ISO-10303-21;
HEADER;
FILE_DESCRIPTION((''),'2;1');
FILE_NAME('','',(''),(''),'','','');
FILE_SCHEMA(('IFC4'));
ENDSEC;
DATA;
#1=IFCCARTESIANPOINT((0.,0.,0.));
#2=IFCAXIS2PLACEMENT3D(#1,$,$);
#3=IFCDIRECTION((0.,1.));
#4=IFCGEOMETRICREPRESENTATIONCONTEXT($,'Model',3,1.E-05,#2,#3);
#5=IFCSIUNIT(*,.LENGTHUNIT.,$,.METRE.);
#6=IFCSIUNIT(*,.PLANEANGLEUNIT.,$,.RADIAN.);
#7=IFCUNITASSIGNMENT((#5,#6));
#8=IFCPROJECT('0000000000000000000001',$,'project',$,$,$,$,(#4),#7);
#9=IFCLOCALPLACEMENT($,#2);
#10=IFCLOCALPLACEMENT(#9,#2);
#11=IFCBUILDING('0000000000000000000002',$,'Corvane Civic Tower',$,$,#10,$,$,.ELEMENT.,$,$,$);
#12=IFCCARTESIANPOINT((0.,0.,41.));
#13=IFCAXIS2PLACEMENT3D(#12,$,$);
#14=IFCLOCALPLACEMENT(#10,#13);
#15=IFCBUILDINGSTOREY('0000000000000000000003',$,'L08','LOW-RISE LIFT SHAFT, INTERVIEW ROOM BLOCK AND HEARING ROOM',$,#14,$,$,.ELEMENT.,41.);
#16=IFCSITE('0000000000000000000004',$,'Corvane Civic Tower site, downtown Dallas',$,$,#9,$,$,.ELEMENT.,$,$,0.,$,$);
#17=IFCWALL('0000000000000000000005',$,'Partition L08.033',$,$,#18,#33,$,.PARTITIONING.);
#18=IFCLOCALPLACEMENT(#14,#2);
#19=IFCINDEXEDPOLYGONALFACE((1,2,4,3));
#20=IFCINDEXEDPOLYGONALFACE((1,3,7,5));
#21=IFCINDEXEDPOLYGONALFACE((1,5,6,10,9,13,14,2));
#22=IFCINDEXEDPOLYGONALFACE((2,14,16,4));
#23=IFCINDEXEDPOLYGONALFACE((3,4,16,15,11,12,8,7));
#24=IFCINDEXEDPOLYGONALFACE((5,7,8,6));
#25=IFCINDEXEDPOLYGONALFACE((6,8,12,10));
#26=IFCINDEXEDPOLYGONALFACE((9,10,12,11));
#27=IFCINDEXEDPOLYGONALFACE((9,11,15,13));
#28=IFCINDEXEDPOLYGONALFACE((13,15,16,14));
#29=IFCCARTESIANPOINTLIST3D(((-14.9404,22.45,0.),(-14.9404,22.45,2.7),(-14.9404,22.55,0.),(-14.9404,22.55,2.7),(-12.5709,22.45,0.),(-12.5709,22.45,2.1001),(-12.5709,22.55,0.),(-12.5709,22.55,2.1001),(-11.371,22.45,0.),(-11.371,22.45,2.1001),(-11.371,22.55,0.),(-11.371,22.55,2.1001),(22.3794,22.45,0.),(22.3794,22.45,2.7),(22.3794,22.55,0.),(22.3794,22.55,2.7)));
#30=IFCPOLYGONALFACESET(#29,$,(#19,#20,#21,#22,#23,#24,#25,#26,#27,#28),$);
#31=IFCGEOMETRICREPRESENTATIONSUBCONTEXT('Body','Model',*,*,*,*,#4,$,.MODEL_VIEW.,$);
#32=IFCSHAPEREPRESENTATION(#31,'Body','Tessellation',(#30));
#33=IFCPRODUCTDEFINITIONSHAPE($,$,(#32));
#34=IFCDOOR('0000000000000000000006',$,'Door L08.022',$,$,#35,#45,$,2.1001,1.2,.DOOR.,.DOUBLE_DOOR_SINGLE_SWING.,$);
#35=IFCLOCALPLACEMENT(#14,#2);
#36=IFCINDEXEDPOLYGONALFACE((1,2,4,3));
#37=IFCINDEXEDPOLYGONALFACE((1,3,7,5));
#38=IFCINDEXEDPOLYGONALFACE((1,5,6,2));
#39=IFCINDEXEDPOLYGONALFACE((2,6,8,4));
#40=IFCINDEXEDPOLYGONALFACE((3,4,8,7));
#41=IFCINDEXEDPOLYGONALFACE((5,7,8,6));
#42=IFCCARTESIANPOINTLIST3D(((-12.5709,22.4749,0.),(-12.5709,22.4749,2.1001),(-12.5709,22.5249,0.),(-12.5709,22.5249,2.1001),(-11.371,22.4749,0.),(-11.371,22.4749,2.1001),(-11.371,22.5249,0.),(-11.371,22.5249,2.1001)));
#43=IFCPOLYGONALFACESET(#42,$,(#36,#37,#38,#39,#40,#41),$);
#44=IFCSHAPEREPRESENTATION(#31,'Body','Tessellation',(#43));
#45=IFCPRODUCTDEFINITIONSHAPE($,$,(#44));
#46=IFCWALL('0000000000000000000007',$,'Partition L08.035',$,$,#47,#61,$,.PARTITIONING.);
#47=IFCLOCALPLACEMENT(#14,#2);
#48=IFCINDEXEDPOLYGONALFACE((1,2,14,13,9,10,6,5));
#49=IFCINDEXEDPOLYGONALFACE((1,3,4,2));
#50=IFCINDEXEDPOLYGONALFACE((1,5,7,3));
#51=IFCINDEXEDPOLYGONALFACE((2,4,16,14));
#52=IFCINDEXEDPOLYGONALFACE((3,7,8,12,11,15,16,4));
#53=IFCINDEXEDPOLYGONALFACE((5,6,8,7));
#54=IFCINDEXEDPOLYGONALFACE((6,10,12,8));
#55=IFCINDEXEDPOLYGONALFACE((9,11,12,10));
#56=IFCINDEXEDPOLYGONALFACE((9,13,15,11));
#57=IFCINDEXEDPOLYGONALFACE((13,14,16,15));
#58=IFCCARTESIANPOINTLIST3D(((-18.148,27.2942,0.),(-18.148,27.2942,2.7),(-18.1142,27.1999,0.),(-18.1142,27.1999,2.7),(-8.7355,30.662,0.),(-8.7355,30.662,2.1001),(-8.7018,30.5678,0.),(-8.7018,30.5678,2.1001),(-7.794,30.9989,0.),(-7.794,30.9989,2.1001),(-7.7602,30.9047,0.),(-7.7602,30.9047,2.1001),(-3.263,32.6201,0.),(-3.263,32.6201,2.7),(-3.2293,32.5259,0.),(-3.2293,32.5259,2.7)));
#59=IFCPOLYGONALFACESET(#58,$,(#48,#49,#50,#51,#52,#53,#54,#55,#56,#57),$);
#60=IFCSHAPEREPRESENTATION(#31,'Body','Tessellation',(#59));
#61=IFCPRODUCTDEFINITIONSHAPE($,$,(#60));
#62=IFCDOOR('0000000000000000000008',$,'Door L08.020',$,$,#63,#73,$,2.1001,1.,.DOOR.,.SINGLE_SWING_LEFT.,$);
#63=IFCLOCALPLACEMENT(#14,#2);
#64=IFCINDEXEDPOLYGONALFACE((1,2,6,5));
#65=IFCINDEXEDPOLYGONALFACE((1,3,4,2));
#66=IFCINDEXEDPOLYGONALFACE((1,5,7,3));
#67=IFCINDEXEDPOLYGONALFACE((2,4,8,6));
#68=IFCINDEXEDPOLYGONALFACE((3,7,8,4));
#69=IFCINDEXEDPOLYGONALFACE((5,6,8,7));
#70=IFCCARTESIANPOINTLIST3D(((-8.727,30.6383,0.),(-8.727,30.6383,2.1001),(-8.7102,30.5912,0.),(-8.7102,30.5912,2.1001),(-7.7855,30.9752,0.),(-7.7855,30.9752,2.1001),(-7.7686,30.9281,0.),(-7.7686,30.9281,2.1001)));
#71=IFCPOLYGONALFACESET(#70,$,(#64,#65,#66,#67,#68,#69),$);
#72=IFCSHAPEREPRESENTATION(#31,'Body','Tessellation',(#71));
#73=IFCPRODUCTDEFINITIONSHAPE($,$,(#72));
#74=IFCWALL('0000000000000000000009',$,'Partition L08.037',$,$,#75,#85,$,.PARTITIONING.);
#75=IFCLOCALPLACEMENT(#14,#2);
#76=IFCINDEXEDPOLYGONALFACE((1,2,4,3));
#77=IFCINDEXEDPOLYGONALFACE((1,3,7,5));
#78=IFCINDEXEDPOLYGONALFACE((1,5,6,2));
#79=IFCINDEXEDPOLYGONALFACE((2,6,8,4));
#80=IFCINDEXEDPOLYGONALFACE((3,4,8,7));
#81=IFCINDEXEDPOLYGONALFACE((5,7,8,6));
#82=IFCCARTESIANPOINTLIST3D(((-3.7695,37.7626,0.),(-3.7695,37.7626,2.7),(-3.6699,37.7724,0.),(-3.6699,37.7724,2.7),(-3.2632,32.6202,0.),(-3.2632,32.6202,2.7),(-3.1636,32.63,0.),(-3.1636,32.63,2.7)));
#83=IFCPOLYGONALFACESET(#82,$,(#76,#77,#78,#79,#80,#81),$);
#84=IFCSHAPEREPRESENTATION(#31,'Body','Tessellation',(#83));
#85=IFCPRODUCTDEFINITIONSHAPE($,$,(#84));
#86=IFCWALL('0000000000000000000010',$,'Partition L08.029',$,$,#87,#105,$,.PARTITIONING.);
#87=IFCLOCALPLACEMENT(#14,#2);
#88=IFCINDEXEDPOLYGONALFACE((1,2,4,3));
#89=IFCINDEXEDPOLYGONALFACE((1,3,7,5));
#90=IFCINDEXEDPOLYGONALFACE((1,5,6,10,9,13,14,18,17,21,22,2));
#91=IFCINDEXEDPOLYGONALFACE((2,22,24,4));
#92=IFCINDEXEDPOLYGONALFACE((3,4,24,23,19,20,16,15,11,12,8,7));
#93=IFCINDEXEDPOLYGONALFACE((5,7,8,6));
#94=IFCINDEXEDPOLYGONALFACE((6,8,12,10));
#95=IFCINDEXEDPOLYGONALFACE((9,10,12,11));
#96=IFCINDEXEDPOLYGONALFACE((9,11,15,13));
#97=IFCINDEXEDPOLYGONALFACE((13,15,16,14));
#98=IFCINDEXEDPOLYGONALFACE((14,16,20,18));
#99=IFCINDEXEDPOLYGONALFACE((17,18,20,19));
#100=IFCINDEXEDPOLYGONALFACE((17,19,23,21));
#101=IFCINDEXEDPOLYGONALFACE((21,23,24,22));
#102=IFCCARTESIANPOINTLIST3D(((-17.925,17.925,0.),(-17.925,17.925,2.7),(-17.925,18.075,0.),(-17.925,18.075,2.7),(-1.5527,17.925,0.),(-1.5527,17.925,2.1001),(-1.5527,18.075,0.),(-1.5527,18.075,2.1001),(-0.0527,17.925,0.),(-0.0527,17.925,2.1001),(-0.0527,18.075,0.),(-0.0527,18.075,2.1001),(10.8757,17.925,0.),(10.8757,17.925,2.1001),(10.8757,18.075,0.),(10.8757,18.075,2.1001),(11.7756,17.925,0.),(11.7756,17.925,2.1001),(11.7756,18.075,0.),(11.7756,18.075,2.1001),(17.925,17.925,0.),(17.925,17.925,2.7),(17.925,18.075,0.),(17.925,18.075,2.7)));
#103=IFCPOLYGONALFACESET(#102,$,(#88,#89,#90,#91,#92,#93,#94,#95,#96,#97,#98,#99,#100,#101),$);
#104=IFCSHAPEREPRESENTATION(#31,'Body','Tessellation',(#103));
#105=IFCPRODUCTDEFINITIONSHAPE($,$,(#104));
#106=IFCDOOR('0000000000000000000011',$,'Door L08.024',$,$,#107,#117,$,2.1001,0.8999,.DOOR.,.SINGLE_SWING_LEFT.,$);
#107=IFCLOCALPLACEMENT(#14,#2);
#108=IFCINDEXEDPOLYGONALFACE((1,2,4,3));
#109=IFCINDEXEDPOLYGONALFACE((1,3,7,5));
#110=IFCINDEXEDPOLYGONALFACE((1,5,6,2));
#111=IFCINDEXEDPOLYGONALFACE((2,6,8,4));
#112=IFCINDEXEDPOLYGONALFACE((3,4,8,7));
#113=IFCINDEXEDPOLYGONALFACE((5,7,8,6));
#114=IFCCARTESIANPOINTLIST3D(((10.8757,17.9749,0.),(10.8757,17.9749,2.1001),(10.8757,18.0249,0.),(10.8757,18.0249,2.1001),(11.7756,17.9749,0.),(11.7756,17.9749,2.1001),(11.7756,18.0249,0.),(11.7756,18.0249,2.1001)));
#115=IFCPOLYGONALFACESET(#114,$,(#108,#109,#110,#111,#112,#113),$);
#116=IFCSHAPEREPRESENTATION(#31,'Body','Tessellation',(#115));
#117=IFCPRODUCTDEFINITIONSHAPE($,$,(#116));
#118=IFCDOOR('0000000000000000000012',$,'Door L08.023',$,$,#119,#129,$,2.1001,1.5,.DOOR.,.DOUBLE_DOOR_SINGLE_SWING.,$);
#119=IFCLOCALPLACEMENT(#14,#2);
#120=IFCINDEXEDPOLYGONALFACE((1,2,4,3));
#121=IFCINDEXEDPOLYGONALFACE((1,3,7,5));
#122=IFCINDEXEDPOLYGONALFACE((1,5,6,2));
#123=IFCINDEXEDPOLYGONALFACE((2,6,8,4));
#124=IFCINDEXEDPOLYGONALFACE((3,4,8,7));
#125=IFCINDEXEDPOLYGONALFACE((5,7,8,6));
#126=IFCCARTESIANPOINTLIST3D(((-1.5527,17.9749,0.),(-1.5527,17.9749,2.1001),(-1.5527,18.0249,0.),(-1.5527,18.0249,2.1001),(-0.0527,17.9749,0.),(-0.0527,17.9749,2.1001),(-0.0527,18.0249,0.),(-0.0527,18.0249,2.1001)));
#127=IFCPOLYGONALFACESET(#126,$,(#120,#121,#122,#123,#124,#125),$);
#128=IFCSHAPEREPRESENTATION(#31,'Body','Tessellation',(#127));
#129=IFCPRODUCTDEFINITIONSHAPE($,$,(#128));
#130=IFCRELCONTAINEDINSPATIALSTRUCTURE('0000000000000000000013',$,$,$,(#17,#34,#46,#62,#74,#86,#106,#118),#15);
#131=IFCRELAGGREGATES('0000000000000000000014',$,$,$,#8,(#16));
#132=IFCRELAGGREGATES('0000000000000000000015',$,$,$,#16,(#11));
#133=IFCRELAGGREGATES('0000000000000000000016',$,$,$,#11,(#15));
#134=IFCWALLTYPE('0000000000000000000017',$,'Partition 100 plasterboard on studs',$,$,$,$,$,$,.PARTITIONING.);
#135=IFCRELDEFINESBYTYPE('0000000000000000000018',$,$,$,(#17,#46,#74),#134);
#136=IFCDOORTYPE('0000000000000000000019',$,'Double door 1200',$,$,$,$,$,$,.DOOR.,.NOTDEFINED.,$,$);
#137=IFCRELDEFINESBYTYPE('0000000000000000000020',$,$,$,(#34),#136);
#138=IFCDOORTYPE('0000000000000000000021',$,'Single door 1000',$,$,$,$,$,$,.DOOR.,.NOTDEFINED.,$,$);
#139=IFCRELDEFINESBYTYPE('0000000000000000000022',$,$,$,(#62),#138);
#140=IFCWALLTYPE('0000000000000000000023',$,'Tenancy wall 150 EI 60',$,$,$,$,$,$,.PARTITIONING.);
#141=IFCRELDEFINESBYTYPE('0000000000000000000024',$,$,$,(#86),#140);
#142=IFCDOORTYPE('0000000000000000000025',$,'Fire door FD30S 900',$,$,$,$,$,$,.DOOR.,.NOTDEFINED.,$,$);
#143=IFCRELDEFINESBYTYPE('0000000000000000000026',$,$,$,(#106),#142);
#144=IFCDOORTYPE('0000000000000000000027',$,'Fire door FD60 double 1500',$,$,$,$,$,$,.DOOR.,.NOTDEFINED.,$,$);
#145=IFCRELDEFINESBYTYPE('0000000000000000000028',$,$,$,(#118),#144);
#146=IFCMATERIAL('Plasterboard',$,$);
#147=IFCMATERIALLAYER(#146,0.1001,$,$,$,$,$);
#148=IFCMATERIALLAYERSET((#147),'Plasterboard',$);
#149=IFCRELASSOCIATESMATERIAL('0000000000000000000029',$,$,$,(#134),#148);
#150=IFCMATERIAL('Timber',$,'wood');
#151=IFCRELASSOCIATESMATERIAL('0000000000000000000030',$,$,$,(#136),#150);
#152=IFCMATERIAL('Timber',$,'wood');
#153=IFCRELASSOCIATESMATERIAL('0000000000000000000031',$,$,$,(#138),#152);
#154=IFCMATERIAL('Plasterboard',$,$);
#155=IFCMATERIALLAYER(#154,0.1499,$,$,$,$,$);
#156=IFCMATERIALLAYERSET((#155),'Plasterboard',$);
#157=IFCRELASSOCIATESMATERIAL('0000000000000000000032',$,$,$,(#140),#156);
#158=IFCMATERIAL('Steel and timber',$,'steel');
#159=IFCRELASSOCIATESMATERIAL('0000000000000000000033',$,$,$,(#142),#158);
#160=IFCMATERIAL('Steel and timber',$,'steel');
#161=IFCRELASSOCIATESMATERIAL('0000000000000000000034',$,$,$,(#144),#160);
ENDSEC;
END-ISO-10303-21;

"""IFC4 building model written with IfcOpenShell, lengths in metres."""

from ifc_helpers import new_model, si_unit, direction, frame, frame_2d, origin, place, context, subcontext, project, spatial, rectangle, extrude, material, layer, layer_set, type_object, element, fill, save


model = new_model("IFC4")

# Units and contexts
model_context = context("Model", 3, precision=1e-05, world=origin(), true_north=direction((0.0, 1.0)))
body_context = subcontext(model_context, "Body", "Model", "MODEL_VIEW")
ifc_project = project(units=[si_unit("LENGTHUNIT", "METRE"), si_unit("PLANEANGLEUNIT", "RADIAN")], contexts=[model_context])

# Site, building, storey
site_placement = place(None, origin())
site = spatial("IfcSite", under=ifc_project, at=site_placement, Name="Corvane Civic Tower site, downtown Dallas", CompositionType="ELEMENT", RefElevation=0.0)
building_placement = place(site_placement, origin())
building = spatial("IfcBuilding", under=site, at=building_placement, Name="Corvane Civic Tower", CompositionType="ELEMENT")
storey_placement = place(building_placement, frame((0.0, 0.0, 41.0)))
storey = spatial("IfcBuildingStorey", under=building, at=storey_placement, Name="L08", Description="LOW-RISE LIFT SHAFT, INTERVIEW ROOM BLOCK AND HEARING ROOM", CompositionType="ELEMENT", Elevation=41.0)

# Walls, openings, doors
ifc_material_1 = material(Name="Plasterboard")
ifc_layer_1 = layer(ifc_material_1, 0.1001)
ifc_layer_set_1 = layer_set([ifc_layer_1], Name="Plasterboard")
wall_type_1 = type_object("IfcWallType", Name="Partition 100 plasterboard on studs", PredefinedType="PARTITIONING", material=ifc_layer_set_1)
wall_1_placement = place(storey_placement, frame((-14.9404, 22.5, 0.0), z_axis=(0.0, 0.0, 1.0), x_axis=(1.0, 0.0, 0.0)))
wall_1 = element("IfcWall", 1, at=wall_1_placement, inside=storey, type_object=wall_type_1, Name="Partition L08.033", PredefinedType="PARTITIONING", context=body_context, shape_type="SweptSolid", body=[
    extrude(rectangle(XDim=37.3198, YDim=0.1001, at=frame_2d((18.6599, 0.0))), origin(), (0.0, 0.0, 1.0), 2.7),
])
opening_1_placement = place(wall_1_placement, frame((2.3694, 0.0, 0.0)))
opening_1 = element("IfcOpeningElement", 2, at=opening_1_placement, cuts=wall_1, PredefinedType="OPENING", context=body_context, shape_type="SweptSolid", body=[
    extrude(rectangle(XDim=1.2, YDim=2.1001, at=frame_2d((0.6001, 1.05))), frame((0.0, 0.0601, 0.0), z_axis=(0.0, -1.0, 0.0), x_axis=(1.0, 0.0, 0.0)), (0.0, 0.0, 1.0), 0.1201),
])
ifc_material_2 = material(Name="Timber", Category="wood")
door_type_1 = type_object("IfcDoorType", Name="Double door 1200", OperationType="NOTDEFINED", PredefinedType="DOOR", material=ifc_material_2)
door_1_placement = place(opening_1_placement, origin())
door_1 = element("IfcDoor", 3, at=door_1_placement, inside=storey, type_object=door_type_1, Name="Door L08.022", OperationType="DOUBLE_DOOR_SINGLE_SWING", OverallHeight=2.1001, OverallWidth=1.2, PredefinedType="DOOR", context=body_context, shape_type="SweptSolid", body=[
    extrude(rectangle(XDim=1.2, YDim=2.1001, at=frame_2d((0.6001, 1.05))), frame((0.0, 0.0249, 0.0), z_axis=(0.0, -1.0, 0.0), x_axis=(1.0, 0.0, 0.0)), (0.0, 0.0, 1.0), 0.05),
])
fill(opening_1, door_1)
wall_2_placement = place(storey_placement, frame((-18.1311, 27.2471, 0.0), z_axis=(0.0, 0.0, 1.0), x_axis=(0.941544, 0.336889, 0.0)))
wall_2 = element("IfcWall", 4, at=wall_2_placement, inside=storey, type_object=wall_type_1, Name="Partition L08.035", PredefinedType="PARTITIONING", context=body_context, shape_type="SweptSolid", body=[
    extrude(rectangle(XDim=15.8091, YDim=0.1001, at=frame_2d((7.9045, 0.0))), origin(), (0.0, 0.0, 1.0), 2.7),
])
opening_2_placement = place(wall_2_placement, frame((9.9968, 0.0, 0.0)))
opening_2 = element("IfcOpeningElement", 5, at=opening_2_placement, cuts=wall_2, PredefinedType="OPENING", context=body_context, shape_type="SweptSolid", body=[
    extrude(rectangle(XDim=1.0, YDim=2.1001, at=frame_2d((0.5, 1.05))), frame((0.0, 0.0601, 0.0), z_axis=(0.0, -1.0, 0.0), x_axis=(1.0, 0.0, 0.0)), (0.0, 0.0, 1.0), 0.1201),
])
ifc_material_3 = material(Name="Timber", Category="wood")
door_type_2 = type_object("IfcDoorType", Name="Single door 1000", OperationType="NOTDEFINED", PredefinedType="DOOR", material=ifc_material_3)
door_2_placement = place(opening_2_placement, origin())
door_2 = element("IfcDoor", 6, at=door_2_placement, inside=storey, type_object=door_type_2, Name="Door L08.020", OperationType="SINGLE_SWING_LEFT", OverallHeight=2.1001, OverallWidth=1.0, PredefinedType="DOOR", context=body_context, shape_type="SweptSolid", body=[
    extrude(rectangle(XDim=1.0, YDim=2.1001, at=frame_2d((0.5, 1.05))), frame((0.0, 0.0249, 0.0), z_axis=(0.0, -1.0, 0.0), x_axis=(1.0, 0.0, 0.0)), (0.0, 0.0, 1.0), 0.05),
])
fill(opening_2, door_2)

# Wall
wall_3_placement = place(storey_placement, frame((-3.7197, 37.7673, 0.0), z_axis=(0.0, 0.0, 1.0), x_axis=(0.097993, -0.995187, 0.0)))
element("IfcWall", 7, at=wall_3_placement, inside=storey, type_object=wall_type_1, Name="Partition L08.037", PredefinedType="PARTITIONING", context=body_context, shape_type="SweptSolid", body=[
    extrude(rectangle(XDim=5.1672, YDim=0.1001, at=frame_2d((2.5835, 0.0))), origin(), (0.0, 0.0, 1.0), 2.7),
])

# Wall, openings, doors
ifc_material_4 = material(Name="Plasterboard")
ifc_layer_2 = layer(ifc_material_4, 0.1499)
ifc_layer_set_2 = layer_set([ifc_layer_2], Name="Plasterboard")
wall_type_2 = type_object("IfcWallType", Name="Tenancy wall 150 EI 60", PredefinedType="PARTITIONING", material=ifc_layer_set_2)
wall_4_placement = place(storey_placement, frame((-17.925, 18.0, 0.0), z_axis=(0.0, 0.0, 1.0), x_axis=(1.0, 0.0, 0.0)))
wall_4 = element("IfcWall", 8, at=wall_4_placement, inside=storey, type_object=wall_type_2, Name="Partition L08.029", PredefinedType="PARTITIONING", context=body_context, shape_type="SweptSolid", body=[
    extrude(rectangle(XDim=35.8501, YDim=0.1499, at=frame_2d((17.925, 0.0))), origin(), (0.0, 0.0, 1.0), 2.7),
])
opening_3_placement = place(wall_4_placement, frame((16.3723, 0.0, 0.0)))
opening_3 = element("IfcOpeningElement", 9, at=opening_3_placement, cuts=wall_4, PredefinedType="OPENING", context=body_context, shape_type="SweptSolid", body=[
    extrude(rectangle(XDim=1.5, YDim=2.1001, at=frame_2d((0.75, 1.05))), frame((0.0, 0.085, 0.0), z_axis=(0.0, -1.0, 0.0), x_axis=(1.0, 0.0, 0.0)), (0.0, 0.0, 1.0), 0.1699),
])
opening_4_placement = place(wall_4_placement, frame((28.8008, 0.0, 0.0)))
opening_4 = element("IfcOpeningElement", 10, at=opening_4_placement, cuts=wall_4, PredefinedType="OPENING", context=body_context, shape_type="SweptSolid", body=[
    extrude(rectangle(XDim=0.8999, YDim=2.1001, at=frame_2d((0.45, 1.05))), frame((0.0, 0.085, 0.0), z_axis=(0.0, -1.0, 0.0), x_axis=(1.0, 0.0, 0.0)), (0.0, 0.0, 1.0), 0.1699),
])
ifc_material_5 = material(Name="Steel and timber", Category="steel")
door_type_3 = type_object("IfcDoorType", Name="Fire door FD30S 900", OperationType="NOTDEFINED", PredefinedType="DOOR", material=ifc_material_5)
door_3_placement = place(opening_4_placement, origin())
door_3 = element("IfcDoor", 11, at=door_3_placement, inside=storey, type_object=door_type_3, Name="Door L08.024", OperationType="SINGLE_SWING_LEFT", OverallHeight=2.1001, OverallWidth=0.8999, PredefinedType="DOOR", context=body_context, shape_type="SweptSolid", body=[
    extrude(rectangle(XDim=0.8999, YDim=2.1001, at=frame_2d((0.45, 1.05))), frame((0.0, 0.0249, 0.0), z_axis=(0.0, -1.0, 0.0), x_axis=(1.0, 0.0, 0.0)), (0.0, 0.0, 1.0), 0.05),
])
fill(opening_4, door_3)
ifc_material_6 = material(Name="Steel and timber", Category="steel")
door_type_4 = type_object("IfcDoorType", Name="Fire door FD60 double 1500", OperationType="NOTDEFINED", PredefinedType="DOOR", material=ifc_material_6)
door_4_placement = place(opening_3_placement, origin())
door_4 = element("IfcDoor", 12, at=door_4_placement, inside=storey, type_object=door_type_4, Name="Door L08.023", OperationType="DOUBLE_DOOR_SINGLE_SWING", OverallHeight=2.1001, OverallWidth=1.5, PredefinedType="DOOR", context=body_context, shape_type="SweptSolid", body=[
    extrude(rectangle(XDim=1.5, YDim=2.1001, at=frame_2d((0.75, 1.05))), frame((0.0, 0.0249, 0.0), z_axis=(0.0, -1.0, 0.0), x_axis=(1.0, 0.0, 0.0)), (0.0, 0.0, 1.0), 0.05),
])
fill(opening_3, door_4)

save(model, "model.ifc")
